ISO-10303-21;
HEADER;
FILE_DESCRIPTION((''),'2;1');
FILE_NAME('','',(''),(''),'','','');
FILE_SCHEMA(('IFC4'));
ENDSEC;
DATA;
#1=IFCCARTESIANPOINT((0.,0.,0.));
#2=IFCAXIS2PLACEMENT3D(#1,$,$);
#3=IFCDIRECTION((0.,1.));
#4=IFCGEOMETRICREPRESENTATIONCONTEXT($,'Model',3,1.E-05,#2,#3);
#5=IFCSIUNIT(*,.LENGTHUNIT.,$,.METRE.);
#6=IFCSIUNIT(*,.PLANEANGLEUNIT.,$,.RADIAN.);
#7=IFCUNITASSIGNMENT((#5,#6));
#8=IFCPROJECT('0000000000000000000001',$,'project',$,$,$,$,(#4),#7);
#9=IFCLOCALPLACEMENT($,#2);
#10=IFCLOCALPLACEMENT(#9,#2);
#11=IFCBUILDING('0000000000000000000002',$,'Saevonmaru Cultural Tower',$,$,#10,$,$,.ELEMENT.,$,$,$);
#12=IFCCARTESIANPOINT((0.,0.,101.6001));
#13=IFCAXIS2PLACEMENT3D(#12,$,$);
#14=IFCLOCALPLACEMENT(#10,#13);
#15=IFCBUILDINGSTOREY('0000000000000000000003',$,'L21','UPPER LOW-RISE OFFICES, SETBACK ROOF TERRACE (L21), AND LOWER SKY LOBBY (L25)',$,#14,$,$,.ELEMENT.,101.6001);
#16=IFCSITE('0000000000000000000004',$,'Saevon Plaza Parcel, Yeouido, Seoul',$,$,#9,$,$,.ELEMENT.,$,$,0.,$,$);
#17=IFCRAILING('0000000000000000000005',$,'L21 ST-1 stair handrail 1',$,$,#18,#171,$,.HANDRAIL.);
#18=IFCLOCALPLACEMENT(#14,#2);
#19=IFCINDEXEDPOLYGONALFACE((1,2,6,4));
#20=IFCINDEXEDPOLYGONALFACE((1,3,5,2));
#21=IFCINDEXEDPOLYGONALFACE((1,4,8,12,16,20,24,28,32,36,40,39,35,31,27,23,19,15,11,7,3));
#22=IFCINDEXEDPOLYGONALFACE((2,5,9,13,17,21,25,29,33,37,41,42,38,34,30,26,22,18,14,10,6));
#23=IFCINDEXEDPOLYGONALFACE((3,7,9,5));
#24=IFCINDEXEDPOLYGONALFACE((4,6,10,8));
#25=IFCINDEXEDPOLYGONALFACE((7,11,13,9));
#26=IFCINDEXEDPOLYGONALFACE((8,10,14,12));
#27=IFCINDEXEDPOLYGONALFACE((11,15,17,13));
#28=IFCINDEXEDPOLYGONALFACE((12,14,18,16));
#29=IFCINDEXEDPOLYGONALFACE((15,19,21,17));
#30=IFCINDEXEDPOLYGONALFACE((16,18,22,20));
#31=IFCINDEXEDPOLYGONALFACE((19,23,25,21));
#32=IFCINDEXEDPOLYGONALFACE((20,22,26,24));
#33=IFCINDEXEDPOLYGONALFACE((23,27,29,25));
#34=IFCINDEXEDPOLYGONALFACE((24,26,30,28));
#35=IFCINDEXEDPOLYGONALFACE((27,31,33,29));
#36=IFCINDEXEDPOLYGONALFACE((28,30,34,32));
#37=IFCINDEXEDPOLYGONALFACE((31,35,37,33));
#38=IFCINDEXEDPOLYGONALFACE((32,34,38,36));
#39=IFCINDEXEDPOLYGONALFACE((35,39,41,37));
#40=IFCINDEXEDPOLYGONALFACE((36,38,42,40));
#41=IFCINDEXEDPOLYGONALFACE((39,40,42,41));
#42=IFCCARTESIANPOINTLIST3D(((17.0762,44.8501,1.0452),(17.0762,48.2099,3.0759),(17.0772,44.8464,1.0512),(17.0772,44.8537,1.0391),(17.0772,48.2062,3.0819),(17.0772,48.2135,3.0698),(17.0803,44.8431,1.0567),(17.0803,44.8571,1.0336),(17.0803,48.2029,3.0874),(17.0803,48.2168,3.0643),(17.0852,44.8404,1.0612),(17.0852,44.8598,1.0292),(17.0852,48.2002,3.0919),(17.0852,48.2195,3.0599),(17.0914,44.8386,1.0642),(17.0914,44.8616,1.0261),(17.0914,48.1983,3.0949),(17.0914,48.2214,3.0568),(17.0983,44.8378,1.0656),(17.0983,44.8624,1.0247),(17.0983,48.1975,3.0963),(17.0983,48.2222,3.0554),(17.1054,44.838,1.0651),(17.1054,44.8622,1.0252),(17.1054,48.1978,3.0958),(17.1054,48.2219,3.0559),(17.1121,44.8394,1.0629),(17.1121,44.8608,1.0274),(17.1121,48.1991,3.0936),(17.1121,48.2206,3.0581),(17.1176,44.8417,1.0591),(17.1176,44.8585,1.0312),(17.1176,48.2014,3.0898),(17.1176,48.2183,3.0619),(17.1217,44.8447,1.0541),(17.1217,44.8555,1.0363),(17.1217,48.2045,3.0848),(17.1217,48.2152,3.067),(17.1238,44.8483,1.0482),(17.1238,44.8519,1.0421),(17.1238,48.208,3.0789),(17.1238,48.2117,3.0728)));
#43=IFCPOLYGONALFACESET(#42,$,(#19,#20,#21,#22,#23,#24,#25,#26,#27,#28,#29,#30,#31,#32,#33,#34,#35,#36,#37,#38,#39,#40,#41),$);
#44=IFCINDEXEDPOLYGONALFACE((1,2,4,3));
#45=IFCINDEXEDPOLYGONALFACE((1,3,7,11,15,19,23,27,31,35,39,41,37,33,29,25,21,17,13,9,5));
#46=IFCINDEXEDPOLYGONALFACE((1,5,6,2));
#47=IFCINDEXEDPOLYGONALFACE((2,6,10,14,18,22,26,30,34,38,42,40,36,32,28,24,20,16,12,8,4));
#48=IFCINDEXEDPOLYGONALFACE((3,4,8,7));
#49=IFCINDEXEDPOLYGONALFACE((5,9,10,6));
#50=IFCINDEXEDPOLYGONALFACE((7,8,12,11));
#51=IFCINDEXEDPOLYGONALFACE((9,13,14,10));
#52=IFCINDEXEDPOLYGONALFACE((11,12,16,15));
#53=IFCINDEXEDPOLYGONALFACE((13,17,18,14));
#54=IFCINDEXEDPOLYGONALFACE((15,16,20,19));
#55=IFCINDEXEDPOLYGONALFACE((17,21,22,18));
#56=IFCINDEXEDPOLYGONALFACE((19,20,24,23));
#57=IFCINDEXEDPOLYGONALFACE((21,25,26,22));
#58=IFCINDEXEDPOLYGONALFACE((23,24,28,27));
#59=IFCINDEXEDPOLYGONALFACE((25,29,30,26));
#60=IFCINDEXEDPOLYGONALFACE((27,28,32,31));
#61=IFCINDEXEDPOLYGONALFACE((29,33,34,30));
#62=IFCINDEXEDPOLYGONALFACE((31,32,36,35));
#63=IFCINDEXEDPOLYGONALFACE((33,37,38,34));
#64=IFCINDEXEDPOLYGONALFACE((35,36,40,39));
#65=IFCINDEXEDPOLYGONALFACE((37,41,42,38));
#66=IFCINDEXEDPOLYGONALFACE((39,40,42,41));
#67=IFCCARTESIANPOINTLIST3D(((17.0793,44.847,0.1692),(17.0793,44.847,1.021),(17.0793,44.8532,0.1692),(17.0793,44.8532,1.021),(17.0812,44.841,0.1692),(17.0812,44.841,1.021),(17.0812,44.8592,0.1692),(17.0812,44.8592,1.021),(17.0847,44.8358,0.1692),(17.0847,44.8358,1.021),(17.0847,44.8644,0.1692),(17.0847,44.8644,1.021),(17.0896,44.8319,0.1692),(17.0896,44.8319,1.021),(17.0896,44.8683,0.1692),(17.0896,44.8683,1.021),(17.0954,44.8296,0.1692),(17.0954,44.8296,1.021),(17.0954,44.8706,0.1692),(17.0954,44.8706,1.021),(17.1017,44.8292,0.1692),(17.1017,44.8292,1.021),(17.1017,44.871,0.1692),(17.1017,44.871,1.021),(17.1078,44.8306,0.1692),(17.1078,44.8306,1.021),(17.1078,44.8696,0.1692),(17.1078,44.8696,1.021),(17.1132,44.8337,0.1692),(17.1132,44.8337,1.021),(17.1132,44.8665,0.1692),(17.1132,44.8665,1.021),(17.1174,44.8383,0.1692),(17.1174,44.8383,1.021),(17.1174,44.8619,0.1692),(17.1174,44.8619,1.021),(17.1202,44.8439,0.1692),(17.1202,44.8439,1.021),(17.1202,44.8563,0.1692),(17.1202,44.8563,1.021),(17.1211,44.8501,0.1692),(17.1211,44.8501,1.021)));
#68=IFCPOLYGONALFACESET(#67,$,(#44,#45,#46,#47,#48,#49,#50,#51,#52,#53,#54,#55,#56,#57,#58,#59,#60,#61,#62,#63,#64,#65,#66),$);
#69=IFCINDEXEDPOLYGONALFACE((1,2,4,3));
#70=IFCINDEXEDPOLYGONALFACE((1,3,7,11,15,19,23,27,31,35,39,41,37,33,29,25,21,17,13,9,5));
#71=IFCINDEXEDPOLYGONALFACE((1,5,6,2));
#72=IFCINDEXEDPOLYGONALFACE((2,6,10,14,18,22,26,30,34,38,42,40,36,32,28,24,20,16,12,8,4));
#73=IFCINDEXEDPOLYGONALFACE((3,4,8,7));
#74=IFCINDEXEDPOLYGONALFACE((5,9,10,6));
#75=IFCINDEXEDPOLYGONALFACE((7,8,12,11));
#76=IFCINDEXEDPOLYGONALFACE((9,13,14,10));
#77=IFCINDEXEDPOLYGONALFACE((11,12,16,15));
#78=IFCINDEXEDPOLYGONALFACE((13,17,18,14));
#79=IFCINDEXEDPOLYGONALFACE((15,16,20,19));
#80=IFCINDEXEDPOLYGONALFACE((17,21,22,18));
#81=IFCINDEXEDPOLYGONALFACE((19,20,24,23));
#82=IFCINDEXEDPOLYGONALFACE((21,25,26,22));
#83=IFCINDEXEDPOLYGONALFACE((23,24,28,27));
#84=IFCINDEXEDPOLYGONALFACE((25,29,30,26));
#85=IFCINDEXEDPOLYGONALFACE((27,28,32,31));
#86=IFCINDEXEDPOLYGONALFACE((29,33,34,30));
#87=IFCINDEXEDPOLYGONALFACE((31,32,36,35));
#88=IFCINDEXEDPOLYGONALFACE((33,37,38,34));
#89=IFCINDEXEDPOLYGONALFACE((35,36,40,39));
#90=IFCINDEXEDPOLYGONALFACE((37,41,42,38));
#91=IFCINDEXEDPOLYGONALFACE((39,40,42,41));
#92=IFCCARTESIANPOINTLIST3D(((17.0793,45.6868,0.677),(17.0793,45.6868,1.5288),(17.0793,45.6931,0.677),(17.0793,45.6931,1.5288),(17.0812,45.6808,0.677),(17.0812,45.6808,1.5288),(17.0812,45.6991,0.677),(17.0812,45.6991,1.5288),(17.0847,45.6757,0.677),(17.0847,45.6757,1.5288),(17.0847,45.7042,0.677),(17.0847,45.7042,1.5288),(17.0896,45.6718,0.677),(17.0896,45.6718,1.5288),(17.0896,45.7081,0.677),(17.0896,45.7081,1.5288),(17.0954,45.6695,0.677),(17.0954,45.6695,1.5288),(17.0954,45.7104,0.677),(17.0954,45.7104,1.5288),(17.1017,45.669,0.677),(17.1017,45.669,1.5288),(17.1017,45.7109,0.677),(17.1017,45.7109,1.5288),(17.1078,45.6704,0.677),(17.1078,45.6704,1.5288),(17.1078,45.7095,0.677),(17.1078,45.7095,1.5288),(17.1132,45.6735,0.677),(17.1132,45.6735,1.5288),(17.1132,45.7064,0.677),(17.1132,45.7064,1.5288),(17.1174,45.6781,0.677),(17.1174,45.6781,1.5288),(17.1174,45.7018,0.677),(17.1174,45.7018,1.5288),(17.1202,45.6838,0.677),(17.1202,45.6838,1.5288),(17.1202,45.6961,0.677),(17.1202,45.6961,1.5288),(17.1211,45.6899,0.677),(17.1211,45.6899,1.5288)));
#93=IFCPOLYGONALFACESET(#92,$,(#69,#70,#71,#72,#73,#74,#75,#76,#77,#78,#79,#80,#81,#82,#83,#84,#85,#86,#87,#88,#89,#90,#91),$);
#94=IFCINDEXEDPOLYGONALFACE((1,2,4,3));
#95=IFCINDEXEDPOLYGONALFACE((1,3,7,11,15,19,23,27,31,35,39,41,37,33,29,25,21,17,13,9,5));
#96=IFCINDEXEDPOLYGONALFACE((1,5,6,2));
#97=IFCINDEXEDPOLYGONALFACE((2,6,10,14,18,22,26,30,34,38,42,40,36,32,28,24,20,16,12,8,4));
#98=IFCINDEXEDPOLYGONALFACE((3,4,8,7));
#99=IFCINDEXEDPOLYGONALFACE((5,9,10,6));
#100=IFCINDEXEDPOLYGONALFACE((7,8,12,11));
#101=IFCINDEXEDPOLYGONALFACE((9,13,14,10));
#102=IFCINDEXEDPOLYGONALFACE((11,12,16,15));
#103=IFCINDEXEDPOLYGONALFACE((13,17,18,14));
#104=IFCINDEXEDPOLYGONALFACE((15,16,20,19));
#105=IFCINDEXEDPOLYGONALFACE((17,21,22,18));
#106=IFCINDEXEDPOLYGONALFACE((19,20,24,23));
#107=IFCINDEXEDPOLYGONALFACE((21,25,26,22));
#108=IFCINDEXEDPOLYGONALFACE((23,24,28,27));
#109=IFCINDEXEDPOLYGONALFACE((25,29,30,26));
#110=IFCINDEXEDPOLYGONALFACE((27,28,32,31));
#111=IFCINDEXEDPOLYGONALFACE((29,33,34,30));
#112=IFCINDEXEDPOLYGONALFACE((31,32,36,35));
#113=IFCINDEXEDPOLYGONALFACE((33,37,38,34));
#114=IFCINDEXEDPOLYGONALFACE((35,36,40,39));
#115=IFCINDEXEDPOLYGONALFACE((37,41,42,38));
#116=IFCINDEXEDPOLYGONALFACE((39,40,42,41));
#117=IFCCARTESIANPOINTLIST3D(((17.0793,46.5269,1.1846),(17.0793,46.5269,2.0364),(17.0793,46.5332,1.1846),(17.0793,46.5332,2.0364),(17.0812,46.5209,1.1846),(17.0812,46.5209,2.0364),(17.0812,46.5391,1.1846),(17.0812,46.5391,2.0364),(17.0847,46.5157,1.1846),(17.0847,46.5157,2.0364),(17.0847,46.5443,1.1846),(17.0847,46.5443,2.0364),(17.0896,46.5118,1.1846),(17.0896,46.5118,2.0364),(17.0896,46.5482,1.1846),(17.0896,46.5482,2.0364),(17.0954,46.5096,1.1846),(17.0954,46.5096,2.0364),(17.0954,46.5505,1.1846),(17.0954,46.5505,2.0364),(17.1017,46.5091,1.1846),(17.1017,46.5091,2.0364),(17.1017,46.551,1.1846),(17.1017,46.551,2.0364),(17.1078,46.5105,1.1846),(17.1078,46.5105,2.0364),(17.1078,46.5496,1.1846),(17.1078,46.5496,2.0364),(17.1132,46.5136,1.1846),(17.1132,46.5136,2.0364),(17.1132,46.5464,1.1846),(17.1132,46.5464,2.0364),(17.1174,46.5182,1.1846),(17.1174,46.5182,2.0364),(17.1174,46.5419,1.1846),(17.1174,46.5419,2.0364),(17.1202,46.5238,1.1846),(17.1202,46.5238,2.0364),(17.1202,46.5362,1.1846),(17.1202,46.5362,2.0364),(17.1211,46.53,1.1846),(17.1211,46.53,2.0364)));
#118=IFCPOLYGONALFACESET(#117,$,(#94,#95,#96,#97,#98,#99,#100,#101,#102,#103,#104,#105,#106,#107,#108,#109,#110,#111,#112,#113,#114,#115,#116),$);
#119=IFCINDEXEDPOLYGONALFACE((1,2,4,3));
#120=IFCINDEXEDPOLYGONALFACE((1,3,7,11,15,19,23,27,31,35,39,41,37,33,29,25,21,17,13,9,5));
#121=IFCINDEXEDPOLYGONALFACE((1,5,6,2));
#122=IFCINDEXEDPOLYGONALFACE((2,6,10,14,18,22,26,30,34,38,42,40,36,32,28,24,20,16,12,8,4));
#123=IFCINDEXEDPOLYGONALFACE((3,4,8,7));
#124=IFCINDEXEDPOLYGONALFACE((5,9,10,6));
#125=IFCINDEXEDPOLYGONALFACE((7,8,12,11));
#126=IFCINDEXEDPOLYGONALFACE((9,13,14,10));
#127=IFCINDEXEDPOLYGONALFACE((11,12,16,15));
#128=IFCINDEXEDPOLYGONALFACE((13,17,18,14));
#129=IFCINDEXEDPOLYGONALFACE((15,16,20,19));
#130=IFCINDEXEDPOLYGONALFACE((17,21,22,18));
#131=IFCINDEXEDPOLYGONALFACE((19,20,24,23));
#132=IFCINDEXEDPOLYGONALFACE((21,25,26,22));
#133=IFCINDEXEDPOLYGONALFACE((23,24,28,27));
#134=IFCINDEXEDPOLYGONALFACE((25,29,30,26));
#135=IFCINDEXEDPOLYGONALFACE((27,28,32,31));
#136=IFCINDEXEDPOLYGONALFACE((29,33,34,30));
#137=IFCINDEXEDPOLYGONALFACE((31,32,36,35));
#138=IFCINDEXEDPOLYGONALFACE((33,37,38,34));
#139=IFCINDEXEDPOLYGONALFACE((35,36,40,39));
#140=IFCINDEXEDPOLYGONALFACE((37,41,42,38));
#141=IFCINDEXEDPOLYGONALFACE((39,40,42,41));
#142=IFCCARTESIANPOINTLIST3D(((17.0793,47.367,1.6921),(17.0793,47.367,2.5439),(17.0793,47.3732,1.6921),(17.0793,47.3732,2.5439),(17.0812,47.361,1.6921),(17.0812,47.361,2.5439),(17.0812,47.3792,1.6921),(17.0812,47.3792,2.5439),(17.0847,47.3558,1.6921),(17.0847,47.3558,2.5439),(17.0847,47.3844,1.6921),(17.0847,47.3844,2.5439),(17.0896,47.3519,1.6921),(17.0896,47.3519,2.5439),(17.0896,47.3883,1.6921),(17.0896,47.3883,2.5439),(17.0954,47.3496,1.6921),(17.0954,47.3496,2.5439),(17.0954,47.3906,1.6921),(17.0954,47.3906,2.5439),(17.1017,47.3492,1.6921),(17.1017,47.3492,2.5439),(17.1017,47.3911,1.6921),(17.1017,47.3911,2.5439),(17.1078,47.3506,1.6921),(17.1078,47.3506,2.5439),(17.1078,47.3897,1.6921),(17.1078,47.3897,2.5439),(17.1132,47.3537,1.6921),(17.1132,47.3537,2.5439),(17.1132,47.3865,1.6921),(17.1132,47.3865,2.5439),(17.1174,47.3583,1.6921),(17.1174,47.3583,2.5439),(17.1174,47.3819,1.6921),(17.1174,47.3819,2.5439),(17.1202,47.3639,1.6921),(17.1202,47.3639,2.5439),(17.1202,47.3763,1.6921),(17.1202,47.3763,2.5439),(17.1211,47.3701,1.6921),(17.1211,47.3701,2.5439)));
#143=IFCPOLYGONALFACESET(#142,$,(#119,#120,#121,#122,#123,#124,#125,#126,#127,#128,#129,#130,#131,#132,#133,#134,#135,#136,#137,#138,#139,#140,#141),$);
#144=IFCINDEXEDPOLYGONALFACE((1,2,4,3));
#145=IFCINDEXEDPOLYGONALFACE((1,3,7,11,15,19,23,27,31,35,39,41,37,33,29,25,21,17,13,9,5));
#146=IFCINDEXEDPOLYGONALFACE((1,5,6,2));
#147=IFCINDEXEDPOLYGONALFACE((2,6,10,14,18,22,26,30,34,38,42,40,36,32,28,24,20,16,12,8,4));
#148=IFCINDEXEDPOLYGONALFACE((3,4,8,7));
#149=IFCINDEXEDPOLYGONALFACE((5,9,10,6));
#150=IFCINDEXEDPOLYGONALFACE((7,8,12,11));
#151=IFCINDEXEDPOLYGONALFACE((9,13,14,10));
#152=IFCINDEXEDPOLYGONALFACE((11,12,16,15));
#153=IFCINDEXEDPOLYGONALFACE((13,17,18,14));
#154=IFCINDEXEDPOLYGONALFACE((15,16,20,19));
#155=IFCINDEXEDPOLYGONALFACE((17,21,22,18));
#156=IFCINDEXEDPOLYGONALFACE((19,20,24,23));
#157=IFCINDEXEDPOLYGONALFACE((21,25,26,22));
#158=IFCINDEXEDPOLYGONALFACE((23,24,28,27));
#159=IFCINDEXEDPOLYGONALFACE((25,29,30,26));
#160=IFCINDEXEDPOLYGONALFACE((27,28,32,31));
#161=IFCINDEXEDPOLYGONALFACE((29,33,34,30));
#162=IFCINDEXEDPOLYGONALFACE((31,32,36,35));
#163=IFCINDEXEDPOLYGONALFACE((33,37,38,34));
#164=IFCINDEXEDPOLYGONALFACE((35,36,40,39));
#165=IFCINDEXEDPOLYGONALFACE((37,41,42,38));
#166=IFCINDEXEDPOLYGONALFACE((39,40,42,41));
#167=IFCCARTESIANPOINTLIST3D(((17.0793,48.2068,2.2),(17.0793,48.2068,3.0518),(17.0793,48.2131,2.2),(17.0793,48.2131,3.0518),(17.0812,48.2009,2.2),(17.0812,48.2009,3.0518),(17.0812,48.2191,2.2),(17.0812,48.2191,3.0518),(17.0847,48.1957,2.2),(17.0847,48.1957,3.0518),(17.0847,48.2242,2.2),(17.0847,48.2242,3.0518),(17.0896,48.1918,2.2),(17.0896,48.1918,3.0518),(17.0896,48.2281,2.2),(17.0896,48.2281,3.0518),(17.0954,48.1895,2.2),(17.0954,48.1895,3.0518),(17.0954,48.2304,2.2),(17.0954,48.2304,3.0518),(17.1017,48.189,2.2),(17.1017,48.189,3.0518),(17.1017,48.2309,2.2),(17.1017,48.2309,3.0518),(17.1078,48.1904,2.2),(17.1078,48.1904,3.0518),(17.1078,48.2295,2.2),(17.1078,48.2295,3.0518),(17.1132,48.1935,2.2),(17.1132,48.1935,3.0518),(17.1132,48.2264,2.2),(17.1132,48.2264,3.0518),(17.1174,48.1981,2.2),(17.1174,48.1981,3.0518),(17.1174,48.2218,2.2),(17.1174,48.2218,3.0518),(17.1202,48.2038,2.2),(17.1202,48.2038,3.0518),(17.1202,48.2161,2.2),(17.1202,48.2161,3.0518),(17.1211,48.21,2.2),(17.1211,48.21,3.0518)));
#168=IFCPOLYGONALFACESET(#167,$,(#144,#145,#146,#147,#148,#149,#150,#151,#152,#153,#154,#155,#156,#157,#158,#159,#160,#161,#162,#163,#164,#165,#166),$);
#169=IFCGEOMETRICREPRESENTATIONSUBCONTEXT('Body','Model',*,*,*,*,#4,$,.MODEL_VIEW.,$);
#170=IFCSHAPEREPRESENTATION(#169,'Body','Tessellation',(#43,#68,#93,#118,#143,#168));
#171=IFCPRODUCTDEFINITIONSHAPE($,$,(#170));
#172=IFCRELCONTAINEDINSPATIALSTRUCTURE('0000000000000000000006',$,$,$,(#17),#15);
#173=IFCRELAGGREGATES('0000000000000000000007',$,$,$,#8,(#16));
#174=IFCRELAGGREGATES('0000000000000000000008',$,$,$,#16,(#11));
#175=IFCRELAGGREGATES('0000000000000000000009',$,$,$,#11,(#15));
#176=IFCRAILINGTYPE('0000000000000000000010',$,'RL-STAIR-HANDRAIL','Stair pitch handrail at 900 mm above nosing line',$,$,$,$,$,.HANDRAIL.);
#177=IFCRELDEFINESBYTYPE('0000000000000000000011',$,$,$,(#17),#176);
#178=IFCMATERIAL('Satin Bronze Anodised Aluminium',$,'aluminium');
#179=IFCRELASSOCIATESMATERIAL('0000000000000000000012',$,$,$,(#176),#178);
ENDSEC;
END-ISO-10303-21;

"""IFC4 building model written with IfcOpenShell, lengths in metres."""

from ifc_helpers import new_model, si_unit, direction, frame, origin, origin_2d, place, context, subcontext, project, spatial, circle, extrude, material, type_object, element, save


model = new_model("IFC4")

# Units and contexts
model_context = context("Model", 3, precision=1e-05, world=origin(), true_north=direction((0.0, 1.0)))
body_context = subcontext(model_context, "Body", "Model", "MODEL_VIEW")
ifc_project = project(units=[si_unit("LENGTHUNIT", "METRE"), si_unit("PLANEANGLEUNIT", "RADIAN")], contexts=[model_context])

# Site, building, storey
site_placement = place(None, origin())
site = spatial("IfcSite", under=ifc_project, at=site_placement, Name="Saevon Plaza Parcel, Yeouido, Seoul", CompositionType="ELEMENT", RefElevation=0.0)
building_placement = place(site_placement, origin())
building = spatial("IfcBuilding", under=site, at=building_placement, Name="Saevonmaru Cultural Tower", CompositionType="ELEMENT")
storey_placement = place(building_placement, frame((0.0, 0.0, 101.6001)))
storey = spatial("IfcBuildingStorey", under=building, at=storey_placement, Name="L21", Description="UPPER LOW-RISE OFFICES, SETBACK ROOF TERRACE (L21), AND LOWER SKY LOBBY (L25)", CompositionType="ELEMENT", Elevation=101.6001)

# Shared definitions
ifc_material_1 = material(Name="Satin Bronze Anodised Aluminium", Category="aluminium")

# Railing
railing_type_1 = type_object("IfcRailingType", Name="RL-STAIR-HANDRAIL", Description="Stair pitch handrail at 900 mm above nosing line", PredefinedType="HANDRAIL", material=ifc_material_1)
railing_1_placement = place(storey_placement, frame((17.1001, 44.8501, 0.1692)))
element("IfcRailing", 1, at=railing_1_placement, inside=storey, type_object=railing_type_1, Name="L21 ST-1 stair handrail 1", PredefinedType="HANDRAIL", context=body_context, shape_type="SweptSolid", body=[
    extrude(circle(Radius=0.0239, at=origin_2d()), frame((0.0, 0.0, 0.876), z_axis=(0.0, 0.85582, 0.517273), x_axis=(-1.0, 0.0, 0.0)), (0.0, 0.0, 1.0), 3.9258),
    extrude(circle(Radius=0.021, at=origin_2d()), origin(), (0.0, 0.0, 1.0), 0.8518),
    extrude(circle(Radius=0.021, at=origin_2d()), frame((0.0, 0.8398, 0.5078)), (0.0, 0.0, 1.0), 0.8518),
    extrude(circle(Radius=0.021, at=origin_2d()), frame((0.0, 1.6799, 1.0154)), (0.0, 0.0, 1.0), 0.8518),
    extrude(circle(Radius=0.021, at=origin_2d()), frame((0.0, 2.52, 1.5229)), (0.0, 0.0, 1.0), 0.8518),
    extrude(circle(Radius=0.021, at=origin_2d()), frame((0.0, 3.3599, 2.0308)), (0.0, 0.0, 1.0), 0.8518),
])

save(model, "model.ifc")
